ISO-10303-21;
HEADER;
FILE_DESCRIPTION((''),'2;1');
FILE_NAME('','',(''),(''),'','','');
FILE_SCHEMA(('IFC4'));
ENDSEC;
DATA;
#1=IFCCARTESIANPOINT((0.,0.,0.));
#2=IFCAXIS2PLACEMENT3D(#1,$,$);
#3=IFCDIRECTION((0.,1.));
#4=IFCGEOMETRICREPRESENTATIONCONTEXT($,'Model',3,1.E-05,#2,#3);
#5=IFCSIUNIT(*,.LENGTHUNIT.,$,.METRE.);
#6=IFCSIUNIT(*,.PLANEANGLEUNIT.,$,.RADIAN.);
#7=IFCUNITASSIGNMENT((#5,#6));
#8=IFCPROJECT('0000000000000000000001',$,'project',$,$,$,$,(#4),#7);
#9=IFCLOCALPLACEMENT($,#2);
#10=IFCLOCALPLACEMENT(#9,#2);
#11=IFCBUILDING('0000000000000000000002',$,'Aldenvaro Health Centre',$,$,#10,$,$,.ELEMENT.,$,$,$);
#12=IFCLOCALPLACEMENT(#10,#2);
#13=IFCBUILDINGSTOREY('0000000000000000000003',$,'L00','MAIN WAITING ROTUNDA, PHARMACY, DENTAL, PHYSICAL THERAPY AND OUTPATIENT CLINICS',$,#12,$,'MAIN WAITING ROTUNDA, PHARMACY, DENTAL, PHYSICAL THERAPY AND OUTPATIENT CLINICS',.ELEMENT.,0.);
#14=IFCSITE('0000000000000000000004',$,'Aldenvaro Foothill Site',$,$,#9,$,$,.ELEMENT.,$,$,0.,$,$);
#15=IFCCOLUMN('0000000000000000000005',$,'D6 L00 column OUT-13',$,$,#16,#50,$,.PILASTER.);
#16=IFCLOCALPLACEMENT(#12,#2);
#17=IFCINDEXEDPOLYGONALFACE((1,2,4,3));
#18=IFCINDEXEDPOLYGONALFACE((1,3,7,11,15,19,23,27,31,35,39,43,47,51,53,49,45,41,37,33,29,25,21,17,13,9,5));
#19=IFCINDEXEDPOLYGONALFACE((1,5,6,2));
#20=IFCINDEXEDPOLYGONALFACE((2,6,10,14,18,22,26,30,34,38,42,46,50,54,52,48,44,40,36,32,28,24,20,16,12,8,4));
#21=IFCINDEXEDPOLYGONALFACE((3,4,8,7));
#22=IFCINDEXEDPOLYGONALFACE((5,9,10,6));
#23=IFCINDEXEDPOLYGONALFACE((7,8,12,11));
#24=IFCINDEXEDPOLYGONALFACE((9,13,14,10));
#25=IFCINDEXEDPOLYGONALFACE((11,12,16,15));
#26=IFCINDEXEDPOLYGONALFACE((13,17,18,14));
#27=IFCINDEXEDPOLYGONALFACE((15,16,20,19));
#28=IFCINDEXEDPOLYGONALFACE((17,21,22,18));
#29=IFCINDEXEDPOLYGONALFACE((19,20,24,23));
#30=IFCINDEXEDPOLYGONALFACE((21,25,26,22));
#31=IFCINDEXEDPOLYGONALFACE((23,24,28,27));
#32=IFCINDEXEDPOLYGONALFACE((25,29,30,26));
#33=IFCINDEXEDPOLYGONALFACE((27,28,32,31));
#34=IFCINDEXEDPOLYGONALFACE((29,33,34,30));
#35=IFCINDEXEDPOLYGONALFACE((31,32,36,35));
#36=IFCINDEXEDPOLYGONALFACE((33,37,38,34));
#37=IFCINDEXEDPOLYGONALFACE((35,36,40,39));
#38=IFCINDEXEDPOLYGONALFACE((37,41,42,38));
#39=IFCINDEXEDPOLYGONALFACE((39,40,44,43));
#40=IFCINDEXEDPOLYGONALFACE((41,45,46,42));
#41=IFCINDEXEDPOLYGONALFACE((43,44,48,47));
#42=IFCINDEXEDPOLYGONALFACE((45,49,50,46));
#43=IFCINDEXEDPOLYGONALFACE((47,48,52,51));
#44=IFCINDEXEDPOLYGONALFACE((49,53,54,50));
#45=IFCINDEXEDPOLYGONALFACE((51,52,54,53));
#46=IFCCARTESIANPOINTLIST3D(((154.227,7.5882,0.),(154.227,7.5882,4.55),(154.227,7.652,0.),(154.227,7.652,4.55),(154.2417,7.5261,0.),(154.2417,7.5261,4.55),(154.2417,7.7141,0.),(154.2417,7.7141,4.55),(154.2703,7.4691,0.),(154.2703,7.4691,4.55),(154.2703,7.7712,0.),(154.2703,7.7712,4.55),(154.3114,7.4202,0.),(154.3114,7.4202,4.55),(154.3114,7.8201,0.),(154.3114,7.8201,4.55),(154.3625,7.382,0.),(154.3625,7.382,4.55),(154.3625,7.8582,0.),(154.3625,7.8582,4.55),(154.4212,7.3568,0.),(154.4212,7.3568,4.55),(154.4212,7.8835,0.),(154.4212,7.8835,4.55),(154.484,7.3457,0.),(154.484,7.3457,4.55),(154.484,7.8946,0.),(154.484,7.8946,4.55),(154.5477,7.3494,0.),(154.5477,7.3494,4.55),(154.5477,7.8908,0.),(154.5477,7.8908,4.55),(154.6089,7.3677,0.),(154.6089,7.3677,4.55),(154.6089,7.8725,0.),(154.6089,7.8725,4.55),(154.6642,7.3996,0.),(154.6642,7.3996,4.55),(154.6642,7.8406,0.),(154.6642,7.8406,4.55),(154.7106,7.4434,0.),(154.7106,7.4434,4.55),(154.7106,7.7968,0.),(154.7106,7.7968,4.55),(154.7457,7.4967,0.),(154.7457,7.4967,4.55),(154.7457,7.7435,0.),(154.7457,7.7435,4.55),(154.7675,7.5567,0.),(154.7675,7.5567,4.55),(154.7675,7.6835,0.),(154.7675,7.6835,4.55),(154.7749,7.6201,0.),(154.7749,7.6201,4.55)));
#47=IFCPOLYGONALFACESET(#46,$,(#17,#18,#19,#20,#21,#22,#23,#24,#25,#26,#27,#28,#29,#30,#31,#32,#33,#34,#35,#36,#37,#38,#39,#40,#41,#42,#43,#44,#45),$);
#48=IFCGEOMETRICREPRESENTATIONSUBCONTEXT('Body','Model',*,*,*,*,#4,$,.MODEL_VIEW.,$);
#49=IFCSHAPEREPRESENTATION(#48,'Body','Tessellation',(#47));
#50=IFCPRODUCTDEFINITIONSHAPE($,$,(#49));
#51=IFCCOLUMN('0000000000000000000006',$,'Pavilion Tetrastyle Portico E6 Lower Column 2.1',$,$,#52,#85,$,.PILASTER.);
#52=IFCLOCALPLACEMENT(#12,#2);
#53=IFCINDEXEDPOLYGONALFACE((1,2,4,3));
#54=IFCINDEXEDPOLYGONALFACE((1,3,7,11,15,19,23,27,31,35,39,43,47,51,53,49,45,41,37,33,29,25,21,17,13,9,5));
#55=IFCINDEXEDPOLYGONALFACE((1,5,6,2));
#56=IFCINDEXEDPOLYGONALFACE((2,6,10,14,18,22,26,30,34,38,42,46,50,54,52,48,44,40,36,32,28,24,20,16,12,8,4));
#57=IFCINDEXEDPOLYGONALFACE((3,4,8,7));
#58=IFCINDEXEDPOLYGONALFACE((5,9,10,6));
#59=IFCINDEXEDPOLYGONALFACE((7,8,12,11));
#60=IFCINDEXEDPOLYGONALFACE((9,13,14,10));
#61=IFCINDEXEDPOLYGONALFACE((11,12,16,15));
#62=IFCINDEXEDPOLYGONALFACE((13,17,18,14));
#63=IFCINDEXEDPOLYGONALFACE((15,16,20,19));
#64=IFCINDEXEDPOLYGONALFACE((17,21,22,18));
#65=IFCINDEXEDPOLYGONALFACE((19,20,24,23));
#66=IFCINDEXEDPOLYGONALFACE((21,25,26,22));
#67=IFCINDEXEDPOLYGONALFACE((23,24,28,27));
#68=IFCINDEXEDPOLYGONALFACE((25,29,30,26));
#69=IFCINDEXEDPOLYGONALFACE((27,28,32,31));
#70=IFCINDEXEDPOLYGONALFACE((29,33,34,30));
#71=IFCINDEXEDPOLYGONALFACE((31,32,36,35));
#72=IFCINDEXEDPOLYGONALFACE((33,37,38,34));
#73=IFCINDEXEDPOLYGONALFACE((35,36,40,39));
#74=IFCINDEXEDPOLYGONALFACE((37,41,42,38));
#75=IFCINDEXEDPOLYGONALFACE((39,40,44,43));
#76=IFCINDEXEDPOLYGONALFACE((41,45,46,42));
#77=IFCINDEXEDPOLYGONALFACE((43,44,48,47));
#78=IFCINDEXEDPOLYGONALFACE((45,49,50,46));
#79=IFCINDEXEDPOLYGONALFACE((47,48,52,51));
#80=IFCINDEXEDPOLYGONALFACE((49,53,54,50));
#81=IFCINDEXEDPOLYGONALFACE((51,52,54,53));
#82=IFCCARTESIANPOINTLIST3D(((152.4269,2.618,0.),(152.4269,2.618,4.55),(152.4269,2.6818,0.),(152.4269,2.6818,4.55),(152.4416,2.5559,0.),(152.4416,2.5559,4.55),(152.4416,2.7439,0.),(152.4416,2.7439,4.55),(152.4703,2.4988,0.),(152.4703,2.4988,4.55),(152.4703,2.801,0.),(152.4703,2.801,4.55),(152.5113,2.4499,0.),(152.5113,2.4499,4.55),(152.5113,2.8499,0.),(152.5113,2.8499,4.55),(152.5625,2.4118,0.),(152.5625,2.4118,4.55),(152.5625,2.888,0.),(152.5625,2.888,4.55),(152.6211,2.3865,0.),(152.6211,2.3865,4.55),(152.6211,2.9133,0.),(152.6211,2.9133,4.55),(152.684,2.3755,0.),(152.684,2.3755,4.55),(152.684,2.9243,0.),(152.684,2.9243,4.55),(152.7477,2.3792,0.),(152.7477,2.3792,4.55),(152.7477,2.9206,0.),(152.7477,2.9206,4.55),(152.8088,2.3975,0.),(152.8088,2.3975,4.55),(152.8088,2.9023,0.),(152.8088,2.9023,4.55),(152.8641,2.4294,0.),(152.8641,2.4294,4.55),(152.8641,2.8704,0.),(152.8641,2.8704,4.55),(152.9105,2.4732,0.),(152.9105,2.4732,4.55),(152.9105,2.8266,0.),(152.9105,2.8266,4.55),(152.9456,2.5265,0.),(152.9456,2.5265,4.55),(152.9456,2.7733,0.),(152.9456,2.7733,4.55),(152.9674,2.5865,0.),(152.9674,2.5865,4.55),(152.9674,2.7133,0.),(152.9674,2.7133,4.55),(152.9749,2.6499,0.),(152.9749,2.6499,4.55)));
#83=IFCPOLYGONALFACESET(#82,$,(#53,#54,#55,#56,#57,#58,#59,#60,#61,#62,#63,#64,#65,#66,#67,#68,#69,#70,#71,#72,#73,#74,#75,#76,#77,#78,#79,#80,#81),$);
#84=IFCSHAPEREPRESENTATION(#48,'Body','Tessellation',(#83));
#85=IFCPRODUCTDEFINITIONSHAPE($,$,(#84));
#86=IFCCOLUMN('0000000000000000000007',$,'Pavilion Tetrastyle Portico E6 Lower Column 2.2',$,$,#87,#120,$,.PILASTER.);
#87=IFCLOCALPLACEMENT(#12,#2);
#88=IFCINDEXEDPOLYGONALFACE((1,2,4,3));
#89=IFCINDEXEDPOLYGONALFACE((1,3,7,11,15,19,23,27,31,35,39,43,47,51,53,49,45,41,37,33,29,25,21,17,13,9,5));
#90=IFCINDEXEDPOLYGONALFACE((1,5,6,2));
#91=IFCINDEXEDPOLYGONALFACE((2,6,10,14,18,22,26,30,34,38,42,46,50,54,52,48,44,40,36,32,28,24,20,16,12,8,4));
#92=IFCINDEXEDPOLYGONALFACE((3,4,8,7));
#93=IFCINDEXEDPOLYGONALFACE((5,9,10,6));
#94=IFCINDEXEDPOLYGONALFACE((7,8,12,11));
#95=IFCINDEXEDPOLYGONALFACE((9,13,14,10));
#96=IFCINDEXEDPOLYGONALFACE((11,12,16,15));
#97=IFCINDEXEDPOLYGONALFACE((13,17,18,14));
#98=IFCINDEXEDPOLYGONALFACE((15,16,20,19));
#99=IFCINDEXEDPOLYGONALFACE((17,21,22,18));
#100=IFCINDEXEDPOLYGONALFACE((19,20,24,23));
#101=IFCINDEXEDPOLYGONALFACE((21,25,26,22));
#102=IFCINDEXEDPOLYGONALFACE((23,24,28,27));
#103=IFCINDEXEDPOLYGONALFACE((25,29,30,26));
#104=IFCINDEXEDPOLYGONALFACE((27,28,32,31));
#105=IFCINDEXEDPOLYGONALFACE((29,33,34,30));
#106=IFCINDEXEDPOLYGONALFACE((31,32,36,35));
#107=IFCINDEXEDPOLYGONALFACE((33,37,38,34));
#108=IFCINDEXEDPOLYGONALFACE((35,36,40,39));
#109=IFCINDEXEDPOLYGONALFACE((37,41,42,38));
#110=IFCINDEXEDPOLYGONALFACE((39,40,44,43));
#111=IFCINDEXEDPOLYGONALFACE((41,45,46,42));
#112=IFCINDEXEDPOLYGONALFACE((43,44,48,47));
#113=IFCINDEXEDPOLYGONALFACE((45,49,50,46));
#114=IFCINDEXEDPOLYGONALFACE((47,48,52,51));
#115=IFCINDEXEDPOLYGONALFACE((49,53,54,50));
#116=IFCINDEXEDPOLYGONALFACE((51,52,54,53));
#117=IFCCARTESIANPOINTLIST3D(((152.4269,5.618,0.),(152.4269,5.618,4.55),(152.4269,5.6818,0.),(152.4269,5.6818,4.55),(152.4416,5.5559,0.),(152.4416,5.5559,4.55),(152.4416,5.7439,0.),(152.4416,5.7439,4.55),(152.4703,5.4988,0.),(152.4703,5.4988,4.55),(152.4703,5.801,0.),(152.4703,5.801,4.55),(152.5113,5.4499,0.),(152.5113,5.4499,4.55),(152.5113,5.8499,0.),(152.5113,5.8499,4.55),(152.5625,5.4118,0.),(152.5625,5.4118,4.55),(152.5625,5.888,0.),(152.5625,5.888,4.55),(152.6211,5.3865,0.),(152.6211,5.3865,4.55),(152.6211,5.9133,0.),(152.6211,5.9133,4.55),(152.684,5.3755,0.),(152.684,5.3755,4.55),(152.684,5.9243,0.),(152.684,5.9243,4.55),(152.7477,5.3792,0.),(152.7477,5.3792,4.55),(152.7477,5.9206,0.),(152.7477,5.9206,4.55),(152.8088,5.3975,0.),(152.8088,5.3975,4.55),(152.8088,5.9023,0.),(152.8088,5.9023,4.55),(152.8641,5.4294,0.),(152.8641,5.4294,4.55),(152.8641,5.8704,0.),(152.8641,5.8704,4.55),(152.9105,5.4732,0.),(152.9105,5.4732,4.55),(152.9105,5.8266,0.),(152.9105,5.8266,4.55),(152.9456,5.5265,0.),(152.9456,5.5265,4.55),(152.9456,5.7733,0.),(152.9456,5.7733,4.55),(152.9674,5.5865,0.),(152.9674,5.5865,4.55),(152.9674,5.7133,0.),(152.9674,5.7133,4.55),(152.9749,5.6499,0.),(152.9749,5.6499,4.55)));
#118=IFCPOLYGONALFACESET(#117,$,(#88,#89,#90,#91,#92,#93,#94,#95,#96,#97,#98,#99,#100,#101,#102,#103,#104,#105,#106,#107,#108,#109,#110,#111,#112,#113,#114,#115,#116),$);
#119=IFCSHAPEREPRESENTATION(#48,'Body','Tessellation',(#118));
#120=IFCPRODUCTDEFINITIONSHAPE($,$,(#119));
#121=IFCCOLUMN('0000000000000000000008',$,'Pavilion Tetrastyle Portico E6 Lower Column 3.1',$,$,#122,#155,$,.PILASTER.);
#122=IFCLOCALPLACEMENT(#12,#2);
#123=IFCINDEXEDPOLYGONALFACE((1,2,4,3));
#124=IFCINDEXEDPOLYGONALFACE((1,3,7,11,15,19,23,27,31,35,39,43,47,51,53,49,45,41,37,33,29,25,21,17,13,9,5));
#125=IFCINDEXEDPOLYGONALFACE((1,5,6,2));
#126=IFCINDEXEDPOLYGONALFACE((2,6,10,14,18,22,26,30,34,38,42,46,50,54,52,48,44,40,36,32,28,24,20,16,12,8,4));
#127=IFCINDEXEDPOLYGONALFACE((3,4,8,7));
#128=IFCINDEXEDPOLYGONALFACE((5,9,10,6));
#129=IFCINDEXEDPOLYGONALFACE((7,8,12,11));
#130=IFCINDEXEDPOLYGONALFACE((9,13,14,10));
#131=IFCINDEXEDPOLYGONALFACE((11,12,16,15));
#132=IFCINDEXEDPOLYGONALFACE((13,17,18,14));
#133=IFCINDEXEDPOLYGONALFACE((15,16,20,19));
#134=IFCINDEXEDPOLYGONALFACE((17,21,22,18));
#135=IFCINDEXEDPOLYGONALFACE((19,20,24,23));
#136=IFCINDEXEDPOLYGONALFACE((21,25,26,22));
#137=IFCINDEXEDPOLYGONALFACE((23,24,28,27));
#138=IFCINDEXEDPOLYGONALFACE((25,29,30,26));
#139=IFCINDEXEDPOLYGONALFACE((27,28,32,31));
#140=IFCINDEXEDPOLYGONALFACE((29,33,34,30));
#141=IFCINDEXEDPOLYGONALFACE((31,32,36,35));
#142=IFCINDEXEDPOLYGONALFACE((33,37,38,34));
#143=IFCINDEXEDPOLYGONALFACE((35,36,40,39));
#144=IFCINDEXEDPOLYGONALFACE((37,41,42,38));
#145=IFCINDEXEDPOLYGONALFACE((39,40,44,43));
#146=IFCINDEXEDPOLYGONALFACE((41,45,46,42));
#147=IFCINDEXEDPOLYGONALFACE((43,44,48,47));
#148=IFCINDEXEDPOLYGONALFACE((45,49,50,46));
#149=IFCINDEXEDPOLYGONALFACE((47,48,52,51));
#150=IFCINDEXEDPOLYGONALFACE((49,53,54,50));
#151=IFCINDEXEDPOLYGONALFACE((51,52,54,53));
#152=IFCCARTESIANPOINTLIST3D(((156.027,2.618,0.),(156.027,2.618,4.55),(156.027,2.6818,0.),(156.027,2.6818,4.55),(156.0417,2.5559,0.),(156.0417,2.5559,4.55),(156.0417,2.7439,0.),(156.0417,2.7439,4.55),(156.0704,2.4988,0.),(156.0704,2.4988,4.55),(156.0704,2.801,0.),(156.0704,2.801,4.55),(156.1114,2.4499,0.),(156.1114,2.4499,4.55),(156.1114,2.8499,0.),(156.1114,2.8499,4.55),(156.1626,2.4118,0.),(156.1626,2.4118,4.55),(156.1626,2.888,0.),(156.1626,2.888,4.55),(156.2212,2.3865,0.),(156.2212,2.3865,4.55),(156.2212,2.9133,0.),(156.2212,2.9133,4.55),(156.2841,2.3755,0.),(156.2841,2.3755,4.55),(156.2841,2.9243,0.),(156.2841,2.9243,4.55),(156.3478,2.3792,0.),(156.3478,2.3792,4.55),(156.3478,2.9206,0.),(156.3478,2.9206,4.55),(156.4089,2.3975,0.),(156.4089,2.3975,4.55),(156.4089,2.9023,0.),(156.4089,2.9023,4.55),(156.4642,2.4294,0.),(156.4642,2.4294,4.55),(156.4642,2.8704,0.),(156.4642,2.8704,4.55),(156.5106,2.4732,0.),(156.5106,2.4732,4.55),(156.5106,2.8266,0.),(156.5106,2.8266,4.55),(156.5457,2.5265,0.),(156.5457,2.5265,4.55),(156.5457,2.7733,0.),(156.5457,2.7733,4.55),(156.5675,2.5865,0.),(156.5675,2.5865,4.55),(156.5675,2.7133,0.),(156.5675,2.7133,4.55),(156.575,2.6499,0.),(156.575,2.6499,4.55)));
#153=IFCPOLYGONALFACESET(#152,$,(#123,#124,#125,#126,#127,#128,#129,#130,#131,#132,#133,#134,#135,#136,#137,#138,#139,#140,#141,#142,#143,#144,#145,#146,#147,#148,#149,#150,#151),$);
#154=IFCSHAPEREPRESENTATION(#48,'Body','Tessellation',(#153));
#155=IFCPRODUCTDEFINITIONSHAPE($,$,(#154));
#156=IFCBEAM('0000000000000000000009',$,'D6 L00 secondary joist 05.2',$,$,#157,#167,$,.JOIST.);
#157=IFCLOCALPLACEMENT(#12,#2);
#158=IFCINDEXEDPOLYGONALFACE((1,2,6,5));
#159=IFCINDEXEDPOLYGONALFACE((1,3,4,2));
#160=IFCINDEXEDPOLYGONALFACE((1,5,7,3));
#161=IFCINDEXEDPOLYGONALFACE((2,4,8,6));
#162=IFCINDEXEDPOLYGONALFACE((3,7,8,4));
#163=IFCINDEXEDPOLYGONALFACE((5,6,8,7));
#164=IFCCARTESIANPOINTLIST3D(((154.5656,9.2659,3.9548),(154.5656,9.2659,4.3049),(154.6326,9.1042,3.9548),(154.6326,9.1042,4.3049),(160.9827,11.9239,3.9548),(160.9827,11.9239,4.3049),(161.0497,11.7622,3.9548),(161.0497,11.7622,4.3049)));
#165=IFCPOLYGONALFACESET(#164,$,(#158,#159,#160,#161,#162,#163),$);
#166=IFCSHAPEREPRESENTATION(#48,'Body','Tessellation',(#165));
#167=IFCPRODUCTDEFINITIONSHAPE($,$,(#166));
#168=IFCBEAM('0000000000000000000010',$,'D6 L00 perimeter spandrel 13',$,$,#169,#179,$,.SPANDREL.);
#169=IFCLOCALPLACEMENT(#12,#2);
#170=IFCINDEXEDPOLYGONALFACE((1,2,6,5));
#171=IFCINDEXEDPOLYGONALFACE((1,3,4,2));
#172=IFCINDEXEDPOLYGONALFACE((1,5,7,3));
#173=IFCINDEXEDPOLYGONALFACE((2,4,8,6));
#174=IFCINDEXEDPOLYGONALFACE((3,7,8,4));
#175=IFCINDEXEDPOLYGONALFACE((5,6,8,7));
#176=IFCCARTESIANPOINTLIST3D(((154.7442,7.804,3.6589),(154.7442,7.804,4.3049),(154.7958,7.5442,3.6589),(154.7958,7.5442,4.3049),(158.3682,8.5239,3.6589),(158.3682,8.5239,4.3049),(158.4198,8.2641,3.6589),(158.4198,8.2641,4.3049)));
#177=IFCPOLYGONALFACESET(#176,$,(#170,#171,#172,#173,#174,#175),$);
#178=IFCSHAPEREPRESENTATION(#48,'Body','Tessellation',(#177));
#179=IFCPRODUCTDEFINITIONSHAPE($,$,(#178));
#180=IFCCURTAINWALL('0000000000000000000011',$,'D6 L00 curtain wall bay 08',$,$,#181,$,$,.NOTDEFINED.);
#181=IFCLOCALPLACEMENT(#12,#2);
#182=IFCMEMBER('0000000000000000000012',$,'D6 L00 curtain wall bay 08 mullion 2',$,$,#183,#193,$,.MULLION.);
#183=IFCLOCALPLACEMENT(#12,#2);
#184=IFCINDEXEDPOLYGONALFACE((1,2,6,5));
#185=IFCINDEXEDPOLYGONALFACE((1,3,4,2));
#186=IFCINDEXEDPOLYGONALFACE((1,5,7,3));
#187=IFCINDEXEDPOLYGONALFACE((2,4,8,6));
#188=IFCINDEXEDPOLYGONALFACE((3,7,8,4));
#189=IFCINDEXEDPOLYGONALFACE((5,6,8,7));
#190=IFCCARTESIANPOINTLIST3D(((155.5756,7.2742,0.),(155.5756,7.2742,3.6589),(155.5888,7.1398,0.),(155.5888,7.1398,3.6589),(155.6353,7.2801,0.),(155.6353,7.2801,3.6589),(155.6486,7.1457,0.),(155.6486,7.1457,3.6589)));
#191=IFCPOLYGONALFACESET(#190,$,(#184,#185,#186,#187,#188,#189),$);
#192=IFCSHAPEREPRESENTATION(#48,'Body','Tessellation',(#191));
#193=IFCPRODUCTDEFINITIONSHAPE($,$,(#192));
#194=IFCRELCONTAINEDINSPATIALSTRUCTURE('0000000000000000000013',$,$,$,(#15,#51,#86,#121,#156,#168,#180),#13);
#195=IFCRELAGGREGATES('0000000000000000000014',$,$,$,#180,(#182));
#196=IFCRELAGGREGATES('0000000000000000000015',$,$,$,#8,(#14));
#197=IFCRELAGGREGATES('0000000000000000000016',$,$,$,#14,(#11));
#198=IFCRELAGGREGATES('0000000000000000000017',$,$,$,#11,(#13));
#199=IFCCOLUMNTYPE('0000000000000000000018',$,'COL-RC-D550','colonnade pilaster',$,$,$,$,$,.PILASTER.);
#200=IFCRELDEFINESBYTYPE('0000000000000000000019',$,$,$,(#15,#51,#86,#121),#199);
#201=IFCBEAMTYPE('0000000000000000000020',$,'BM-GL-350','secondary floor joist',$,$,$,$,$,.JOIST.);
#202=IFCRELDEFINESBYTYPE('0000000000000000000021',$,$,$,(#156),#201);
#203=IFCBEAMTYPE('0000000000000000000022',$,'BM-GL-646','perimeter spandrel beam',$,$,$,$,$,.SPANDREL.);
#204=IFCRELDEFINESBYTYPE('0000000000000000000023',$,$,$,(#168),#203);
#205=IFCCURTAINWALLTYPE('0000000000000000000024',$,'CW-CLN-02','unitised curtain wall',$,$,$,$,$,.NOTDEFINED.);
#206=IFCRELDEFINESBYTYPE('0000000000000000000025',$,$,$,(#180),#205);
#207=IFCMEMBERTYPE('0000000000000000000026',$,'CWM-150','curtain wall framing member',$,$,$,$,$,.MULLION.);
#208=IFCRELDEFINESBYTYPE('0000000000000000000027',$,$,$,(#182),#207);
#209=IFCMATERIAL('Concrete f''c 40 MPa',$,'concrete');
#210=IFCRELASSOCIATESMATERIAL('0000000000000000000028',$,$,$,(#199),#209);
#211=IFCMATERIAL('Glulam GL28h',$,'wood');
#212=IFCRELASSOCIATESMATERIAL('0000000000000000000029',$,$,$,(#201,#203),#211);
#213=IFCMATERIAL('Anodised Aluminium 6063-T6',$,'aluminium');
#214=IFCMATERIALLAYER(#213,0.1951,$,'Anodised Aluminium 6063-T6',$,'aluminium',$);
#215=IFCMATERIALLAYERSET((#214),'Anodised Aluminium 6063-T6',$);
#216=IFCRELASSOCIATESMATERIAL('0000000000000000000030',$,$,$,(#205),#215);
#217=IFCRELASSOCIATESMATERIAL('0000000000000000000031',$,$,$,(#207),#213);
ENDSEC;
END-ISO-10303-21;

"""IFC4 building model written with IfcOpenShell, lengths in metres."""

from ifc_helpers import new_model, si_unit, direction, frame, origin, origin_2d, place, context, subcontext, project, spatial, rectangle, circle, extrude, material, layer, layer_set, material_profile, profile_set, type_object, element, aggregate, save


model = new_model("IFC4")

# Units and contexts
model_context = context("Model", 3, precision=1e-05, world=origin(), true_north=direction((0.0, 1.0)))
body_context = subcontext(model_context, "Body", "Model", "MODEL_VIEW")
ifc_project = project(units=[si_unit("LENGTHUNIT", "METRE"), si_unit("PLANEANGLEUNIT", "RADIAN")], contexts=[model_context])

# Site, building, storey
site_placement = place(None, origin())
site = spatial("IfcSite", under=ifc_project, at=site_placement, Name="Aldenvaro Foothill Site", CompositionType="ELEMENT", RefElevation=0.0)
building_placement = place(site_placement, origin())
building = spatial("IfcBuilding", under=site, at=building_placement, Name="Aldenvaro Health Centre", CompositionType="ELEMENT")
storey_placement = place(building_placement, origin())
storey = spatial("IfcBuildingStorey", under=building, at=storey_placement, Name="L00", Description="MAIN WAITING ROTUNDA, PHARMACY, DENTAL, PHYSICAL THERAPY AND OUTPATIENT CLINICS", LongName="MAIN WAITING ROTUNDA, PHARMACY, DENTAL, PHYSICAL THERAPY AND OUTPATIENT CLINICS", CompositionType="ELEMENT", Elevation=0.0)

# Columns
ifc_material_1 = material(Name="Concrete f'c 40 MPa", Category="concrete")
ifc_material_profile_1 = material_profile(ifc_material_1, circle(Radius=0.2749, at=origin_2d()), Name="RC D550", Category="concrete")
ifc_profile_set_1 = profile_set([ifc_material_profile_1], Name="Concrete f'c 40 MPa")
column_type = type_object("IfcColumnType", Name="COL-RC-D550", Description="colonnade pilaster", PredefinedType="PILASTER", material=ifc_profile_set_1)
for number, where, z_axis, x_axis, name in (
    (1, (154.5, 7.6201, 0.0), (0.0, 0.0, 1.0), (1.0, 0.0, 0.0), "D6 L00 column OUT-13"),
    (2, (152.7, 2.6499, 0.0), (0.0, 0.0, 1.0), (1.0, 0.0, 0.0), "Pavilion Tetrastyle Portico E6 Lower Column 2.1"),
    (3, (152.7, 5.6499, 0.0), (0.0, 0.0, 1.0), (1.0, 0.0, 0.0), "Pavilion Tetrastyle Portico E6 Lower Column 2.2"),
    (4, (156.3, 2.6499, 0.0), (0.0, 0.0, 1.0), (1.0, 0.0, 0.0), "Pavilion Tetrastyle Portico E6 Lower Column 3.1"),
):
    element("IfcColumn", number, at=place(storey_placement, frame(where, z_axis=z_axis, x_axis=x_axis)), inside=storey, type_object=column_type, Name=name, PredefinedType="PILASTER", context=body_context, shape_type="SweptSolid", body=[
        extrude(circle(Radius=0.2749, at=origin_2d()), origin(), (0.0, 0.0, 1.0), 4.55),
    ])

# Beams
ifc_material_2 = material(Name="Glulam GL28h", Category="wood")
ifc_material_profile_2 = material_profile(ifc_material_2, rectangle(XDim=0.175, YDim=0.3501, at=origin_2d()), Name="GL 175x350", Category="wood")
ifc_profile_set_2 = profile_set([ifc_material_profile_2], Name="Glulam GL28h")
beam_type_1 = type_object("IfcBeamType", Name="BM-GL-350", Description="secondary floor joist", PredefinedType="JOIST", material=ifc_profile_set_2)
beam_1_placement = place(storey_placement, frame((154.5991, 9.1851, 4.1299), z_axis=(0.923882, 0.382678, 0.0), x_axis=(-0.382678, 0.923882, 0.0)))
element("IfcBeam", 5, at=beam_1_placement, inside=storey, type_object=beam_type_1, Name="D6 L00 secondary joist 05.2", PredefinedType="JOIST", context=body_context, shape_type="SweptSolid", body=[
    extrude(rectangle(XDim=0.175, YDim=0.3501, at=origin_2d()), origin(), (0.0, 0.0, 1.0), 6.9458),
])
ifc_material_profile_3 = material_profile(ifc_material_2, rectangle(XDim=0.2649, YDim=0.646, at=origin_2d()), Name="GL 265x646", Category="wood")
ifc_profile_set_3 = profile_set([ifc_material_profile_3], Name="Glulam GL28h")
beam_type_2 = type_object("IfcBeamType", Name="BM-GL-646", Description="perimeter spandrel beam", PredefinedType="SPANDREL", material=ifc_profile_set_3)
beam_2_placement = place(storey_placement, frame((154.77, 7.6741, 3.9819), z_axis=(0.980831, 0.194858, 0.0), x_axis=(-0.194858, 0.980831, 0.0)))
element("IfcBeam", 6, at=beam_2_placement, inside=storey, type_object=beam_type_2, Name="D6 L00 perimeter spandrel 13", PredefinedType="SPANDREL", context=body_context, shape_type="SweptSolid", body=[
    extrude(rectangle(XDim=0.2649, YDim=0.646, at=origin_2d()), origin(), (0.0, 0.0, 1.0), 3.6948),
])

# Curtain wall, member
ifc_material_3 = material(Name="Anodised Aluminium 6063-T6", Category="aluminium")
ifc_layer_1 = layer(ifc_material_3, 0.1951, Name="Anodised Aluminium 6063-T6", Category="aluminium")
ifc_layer_set_1 = layer_set([ifc_layer_1], Name="Anodised Aluminium 6063-T6")
curtain_wall_type = type_object("IfcCurtainWallType", Name="CW-CLN-02", Description="unitised curtain wall", PredefinedType="NOTDEFINED", material=ifc_layer_set_1)
curtain_wall_placement = place(storey_placement, origin())
curtain_wall = element("IfcCurtainWall", 7, at=curtain_wall_placement, inside=storey, type_object=curtain_wall_type, Name="D6 L00 curtain wall bay 08", PredefinedType="NOTDEFINED")
ifc_material_profile_4 = material_profile(ifc_material_3, rectangle(XDim=0.0601, YDim=0.135, at=origin_2d()), Name="ALU 60x135", Category="aluminium")
ifc_profile_set_4 = profile_set([ifc_material_profile_4], Name="Anodised Aluminium 6063-T6")
member_type_1 = type_object("IfcMemberType", Name="CWM-150", Description="curtain wall framing member", PredefinedType="MULLION", material=ifc_profile_set_4)
member_1_placement = place(storey_placement, frame((155.6121, 7.21, 0.0), z_axis=(0.0, 0.0, 1.0), x_axis=(-0.995187, -0.097997, 0.0)))
member_1 = element("IfcMember", 8, at=member_1_placement, type_object=member_type_1, Name="D6 L00 curtain wall bay 08 mullion 2", PredefinedType="MULLION", context=body_context, shape_type="SweptSolid", body=[
    extrude(rectangle(XDim=0.0601, YDim=0.135, at=origin_2d()), origin(), (0.0, 0.0, 1.0), 3.6589),
])

aggregate(curtain_wall, [member_1])

save(model, "model.ifc")
